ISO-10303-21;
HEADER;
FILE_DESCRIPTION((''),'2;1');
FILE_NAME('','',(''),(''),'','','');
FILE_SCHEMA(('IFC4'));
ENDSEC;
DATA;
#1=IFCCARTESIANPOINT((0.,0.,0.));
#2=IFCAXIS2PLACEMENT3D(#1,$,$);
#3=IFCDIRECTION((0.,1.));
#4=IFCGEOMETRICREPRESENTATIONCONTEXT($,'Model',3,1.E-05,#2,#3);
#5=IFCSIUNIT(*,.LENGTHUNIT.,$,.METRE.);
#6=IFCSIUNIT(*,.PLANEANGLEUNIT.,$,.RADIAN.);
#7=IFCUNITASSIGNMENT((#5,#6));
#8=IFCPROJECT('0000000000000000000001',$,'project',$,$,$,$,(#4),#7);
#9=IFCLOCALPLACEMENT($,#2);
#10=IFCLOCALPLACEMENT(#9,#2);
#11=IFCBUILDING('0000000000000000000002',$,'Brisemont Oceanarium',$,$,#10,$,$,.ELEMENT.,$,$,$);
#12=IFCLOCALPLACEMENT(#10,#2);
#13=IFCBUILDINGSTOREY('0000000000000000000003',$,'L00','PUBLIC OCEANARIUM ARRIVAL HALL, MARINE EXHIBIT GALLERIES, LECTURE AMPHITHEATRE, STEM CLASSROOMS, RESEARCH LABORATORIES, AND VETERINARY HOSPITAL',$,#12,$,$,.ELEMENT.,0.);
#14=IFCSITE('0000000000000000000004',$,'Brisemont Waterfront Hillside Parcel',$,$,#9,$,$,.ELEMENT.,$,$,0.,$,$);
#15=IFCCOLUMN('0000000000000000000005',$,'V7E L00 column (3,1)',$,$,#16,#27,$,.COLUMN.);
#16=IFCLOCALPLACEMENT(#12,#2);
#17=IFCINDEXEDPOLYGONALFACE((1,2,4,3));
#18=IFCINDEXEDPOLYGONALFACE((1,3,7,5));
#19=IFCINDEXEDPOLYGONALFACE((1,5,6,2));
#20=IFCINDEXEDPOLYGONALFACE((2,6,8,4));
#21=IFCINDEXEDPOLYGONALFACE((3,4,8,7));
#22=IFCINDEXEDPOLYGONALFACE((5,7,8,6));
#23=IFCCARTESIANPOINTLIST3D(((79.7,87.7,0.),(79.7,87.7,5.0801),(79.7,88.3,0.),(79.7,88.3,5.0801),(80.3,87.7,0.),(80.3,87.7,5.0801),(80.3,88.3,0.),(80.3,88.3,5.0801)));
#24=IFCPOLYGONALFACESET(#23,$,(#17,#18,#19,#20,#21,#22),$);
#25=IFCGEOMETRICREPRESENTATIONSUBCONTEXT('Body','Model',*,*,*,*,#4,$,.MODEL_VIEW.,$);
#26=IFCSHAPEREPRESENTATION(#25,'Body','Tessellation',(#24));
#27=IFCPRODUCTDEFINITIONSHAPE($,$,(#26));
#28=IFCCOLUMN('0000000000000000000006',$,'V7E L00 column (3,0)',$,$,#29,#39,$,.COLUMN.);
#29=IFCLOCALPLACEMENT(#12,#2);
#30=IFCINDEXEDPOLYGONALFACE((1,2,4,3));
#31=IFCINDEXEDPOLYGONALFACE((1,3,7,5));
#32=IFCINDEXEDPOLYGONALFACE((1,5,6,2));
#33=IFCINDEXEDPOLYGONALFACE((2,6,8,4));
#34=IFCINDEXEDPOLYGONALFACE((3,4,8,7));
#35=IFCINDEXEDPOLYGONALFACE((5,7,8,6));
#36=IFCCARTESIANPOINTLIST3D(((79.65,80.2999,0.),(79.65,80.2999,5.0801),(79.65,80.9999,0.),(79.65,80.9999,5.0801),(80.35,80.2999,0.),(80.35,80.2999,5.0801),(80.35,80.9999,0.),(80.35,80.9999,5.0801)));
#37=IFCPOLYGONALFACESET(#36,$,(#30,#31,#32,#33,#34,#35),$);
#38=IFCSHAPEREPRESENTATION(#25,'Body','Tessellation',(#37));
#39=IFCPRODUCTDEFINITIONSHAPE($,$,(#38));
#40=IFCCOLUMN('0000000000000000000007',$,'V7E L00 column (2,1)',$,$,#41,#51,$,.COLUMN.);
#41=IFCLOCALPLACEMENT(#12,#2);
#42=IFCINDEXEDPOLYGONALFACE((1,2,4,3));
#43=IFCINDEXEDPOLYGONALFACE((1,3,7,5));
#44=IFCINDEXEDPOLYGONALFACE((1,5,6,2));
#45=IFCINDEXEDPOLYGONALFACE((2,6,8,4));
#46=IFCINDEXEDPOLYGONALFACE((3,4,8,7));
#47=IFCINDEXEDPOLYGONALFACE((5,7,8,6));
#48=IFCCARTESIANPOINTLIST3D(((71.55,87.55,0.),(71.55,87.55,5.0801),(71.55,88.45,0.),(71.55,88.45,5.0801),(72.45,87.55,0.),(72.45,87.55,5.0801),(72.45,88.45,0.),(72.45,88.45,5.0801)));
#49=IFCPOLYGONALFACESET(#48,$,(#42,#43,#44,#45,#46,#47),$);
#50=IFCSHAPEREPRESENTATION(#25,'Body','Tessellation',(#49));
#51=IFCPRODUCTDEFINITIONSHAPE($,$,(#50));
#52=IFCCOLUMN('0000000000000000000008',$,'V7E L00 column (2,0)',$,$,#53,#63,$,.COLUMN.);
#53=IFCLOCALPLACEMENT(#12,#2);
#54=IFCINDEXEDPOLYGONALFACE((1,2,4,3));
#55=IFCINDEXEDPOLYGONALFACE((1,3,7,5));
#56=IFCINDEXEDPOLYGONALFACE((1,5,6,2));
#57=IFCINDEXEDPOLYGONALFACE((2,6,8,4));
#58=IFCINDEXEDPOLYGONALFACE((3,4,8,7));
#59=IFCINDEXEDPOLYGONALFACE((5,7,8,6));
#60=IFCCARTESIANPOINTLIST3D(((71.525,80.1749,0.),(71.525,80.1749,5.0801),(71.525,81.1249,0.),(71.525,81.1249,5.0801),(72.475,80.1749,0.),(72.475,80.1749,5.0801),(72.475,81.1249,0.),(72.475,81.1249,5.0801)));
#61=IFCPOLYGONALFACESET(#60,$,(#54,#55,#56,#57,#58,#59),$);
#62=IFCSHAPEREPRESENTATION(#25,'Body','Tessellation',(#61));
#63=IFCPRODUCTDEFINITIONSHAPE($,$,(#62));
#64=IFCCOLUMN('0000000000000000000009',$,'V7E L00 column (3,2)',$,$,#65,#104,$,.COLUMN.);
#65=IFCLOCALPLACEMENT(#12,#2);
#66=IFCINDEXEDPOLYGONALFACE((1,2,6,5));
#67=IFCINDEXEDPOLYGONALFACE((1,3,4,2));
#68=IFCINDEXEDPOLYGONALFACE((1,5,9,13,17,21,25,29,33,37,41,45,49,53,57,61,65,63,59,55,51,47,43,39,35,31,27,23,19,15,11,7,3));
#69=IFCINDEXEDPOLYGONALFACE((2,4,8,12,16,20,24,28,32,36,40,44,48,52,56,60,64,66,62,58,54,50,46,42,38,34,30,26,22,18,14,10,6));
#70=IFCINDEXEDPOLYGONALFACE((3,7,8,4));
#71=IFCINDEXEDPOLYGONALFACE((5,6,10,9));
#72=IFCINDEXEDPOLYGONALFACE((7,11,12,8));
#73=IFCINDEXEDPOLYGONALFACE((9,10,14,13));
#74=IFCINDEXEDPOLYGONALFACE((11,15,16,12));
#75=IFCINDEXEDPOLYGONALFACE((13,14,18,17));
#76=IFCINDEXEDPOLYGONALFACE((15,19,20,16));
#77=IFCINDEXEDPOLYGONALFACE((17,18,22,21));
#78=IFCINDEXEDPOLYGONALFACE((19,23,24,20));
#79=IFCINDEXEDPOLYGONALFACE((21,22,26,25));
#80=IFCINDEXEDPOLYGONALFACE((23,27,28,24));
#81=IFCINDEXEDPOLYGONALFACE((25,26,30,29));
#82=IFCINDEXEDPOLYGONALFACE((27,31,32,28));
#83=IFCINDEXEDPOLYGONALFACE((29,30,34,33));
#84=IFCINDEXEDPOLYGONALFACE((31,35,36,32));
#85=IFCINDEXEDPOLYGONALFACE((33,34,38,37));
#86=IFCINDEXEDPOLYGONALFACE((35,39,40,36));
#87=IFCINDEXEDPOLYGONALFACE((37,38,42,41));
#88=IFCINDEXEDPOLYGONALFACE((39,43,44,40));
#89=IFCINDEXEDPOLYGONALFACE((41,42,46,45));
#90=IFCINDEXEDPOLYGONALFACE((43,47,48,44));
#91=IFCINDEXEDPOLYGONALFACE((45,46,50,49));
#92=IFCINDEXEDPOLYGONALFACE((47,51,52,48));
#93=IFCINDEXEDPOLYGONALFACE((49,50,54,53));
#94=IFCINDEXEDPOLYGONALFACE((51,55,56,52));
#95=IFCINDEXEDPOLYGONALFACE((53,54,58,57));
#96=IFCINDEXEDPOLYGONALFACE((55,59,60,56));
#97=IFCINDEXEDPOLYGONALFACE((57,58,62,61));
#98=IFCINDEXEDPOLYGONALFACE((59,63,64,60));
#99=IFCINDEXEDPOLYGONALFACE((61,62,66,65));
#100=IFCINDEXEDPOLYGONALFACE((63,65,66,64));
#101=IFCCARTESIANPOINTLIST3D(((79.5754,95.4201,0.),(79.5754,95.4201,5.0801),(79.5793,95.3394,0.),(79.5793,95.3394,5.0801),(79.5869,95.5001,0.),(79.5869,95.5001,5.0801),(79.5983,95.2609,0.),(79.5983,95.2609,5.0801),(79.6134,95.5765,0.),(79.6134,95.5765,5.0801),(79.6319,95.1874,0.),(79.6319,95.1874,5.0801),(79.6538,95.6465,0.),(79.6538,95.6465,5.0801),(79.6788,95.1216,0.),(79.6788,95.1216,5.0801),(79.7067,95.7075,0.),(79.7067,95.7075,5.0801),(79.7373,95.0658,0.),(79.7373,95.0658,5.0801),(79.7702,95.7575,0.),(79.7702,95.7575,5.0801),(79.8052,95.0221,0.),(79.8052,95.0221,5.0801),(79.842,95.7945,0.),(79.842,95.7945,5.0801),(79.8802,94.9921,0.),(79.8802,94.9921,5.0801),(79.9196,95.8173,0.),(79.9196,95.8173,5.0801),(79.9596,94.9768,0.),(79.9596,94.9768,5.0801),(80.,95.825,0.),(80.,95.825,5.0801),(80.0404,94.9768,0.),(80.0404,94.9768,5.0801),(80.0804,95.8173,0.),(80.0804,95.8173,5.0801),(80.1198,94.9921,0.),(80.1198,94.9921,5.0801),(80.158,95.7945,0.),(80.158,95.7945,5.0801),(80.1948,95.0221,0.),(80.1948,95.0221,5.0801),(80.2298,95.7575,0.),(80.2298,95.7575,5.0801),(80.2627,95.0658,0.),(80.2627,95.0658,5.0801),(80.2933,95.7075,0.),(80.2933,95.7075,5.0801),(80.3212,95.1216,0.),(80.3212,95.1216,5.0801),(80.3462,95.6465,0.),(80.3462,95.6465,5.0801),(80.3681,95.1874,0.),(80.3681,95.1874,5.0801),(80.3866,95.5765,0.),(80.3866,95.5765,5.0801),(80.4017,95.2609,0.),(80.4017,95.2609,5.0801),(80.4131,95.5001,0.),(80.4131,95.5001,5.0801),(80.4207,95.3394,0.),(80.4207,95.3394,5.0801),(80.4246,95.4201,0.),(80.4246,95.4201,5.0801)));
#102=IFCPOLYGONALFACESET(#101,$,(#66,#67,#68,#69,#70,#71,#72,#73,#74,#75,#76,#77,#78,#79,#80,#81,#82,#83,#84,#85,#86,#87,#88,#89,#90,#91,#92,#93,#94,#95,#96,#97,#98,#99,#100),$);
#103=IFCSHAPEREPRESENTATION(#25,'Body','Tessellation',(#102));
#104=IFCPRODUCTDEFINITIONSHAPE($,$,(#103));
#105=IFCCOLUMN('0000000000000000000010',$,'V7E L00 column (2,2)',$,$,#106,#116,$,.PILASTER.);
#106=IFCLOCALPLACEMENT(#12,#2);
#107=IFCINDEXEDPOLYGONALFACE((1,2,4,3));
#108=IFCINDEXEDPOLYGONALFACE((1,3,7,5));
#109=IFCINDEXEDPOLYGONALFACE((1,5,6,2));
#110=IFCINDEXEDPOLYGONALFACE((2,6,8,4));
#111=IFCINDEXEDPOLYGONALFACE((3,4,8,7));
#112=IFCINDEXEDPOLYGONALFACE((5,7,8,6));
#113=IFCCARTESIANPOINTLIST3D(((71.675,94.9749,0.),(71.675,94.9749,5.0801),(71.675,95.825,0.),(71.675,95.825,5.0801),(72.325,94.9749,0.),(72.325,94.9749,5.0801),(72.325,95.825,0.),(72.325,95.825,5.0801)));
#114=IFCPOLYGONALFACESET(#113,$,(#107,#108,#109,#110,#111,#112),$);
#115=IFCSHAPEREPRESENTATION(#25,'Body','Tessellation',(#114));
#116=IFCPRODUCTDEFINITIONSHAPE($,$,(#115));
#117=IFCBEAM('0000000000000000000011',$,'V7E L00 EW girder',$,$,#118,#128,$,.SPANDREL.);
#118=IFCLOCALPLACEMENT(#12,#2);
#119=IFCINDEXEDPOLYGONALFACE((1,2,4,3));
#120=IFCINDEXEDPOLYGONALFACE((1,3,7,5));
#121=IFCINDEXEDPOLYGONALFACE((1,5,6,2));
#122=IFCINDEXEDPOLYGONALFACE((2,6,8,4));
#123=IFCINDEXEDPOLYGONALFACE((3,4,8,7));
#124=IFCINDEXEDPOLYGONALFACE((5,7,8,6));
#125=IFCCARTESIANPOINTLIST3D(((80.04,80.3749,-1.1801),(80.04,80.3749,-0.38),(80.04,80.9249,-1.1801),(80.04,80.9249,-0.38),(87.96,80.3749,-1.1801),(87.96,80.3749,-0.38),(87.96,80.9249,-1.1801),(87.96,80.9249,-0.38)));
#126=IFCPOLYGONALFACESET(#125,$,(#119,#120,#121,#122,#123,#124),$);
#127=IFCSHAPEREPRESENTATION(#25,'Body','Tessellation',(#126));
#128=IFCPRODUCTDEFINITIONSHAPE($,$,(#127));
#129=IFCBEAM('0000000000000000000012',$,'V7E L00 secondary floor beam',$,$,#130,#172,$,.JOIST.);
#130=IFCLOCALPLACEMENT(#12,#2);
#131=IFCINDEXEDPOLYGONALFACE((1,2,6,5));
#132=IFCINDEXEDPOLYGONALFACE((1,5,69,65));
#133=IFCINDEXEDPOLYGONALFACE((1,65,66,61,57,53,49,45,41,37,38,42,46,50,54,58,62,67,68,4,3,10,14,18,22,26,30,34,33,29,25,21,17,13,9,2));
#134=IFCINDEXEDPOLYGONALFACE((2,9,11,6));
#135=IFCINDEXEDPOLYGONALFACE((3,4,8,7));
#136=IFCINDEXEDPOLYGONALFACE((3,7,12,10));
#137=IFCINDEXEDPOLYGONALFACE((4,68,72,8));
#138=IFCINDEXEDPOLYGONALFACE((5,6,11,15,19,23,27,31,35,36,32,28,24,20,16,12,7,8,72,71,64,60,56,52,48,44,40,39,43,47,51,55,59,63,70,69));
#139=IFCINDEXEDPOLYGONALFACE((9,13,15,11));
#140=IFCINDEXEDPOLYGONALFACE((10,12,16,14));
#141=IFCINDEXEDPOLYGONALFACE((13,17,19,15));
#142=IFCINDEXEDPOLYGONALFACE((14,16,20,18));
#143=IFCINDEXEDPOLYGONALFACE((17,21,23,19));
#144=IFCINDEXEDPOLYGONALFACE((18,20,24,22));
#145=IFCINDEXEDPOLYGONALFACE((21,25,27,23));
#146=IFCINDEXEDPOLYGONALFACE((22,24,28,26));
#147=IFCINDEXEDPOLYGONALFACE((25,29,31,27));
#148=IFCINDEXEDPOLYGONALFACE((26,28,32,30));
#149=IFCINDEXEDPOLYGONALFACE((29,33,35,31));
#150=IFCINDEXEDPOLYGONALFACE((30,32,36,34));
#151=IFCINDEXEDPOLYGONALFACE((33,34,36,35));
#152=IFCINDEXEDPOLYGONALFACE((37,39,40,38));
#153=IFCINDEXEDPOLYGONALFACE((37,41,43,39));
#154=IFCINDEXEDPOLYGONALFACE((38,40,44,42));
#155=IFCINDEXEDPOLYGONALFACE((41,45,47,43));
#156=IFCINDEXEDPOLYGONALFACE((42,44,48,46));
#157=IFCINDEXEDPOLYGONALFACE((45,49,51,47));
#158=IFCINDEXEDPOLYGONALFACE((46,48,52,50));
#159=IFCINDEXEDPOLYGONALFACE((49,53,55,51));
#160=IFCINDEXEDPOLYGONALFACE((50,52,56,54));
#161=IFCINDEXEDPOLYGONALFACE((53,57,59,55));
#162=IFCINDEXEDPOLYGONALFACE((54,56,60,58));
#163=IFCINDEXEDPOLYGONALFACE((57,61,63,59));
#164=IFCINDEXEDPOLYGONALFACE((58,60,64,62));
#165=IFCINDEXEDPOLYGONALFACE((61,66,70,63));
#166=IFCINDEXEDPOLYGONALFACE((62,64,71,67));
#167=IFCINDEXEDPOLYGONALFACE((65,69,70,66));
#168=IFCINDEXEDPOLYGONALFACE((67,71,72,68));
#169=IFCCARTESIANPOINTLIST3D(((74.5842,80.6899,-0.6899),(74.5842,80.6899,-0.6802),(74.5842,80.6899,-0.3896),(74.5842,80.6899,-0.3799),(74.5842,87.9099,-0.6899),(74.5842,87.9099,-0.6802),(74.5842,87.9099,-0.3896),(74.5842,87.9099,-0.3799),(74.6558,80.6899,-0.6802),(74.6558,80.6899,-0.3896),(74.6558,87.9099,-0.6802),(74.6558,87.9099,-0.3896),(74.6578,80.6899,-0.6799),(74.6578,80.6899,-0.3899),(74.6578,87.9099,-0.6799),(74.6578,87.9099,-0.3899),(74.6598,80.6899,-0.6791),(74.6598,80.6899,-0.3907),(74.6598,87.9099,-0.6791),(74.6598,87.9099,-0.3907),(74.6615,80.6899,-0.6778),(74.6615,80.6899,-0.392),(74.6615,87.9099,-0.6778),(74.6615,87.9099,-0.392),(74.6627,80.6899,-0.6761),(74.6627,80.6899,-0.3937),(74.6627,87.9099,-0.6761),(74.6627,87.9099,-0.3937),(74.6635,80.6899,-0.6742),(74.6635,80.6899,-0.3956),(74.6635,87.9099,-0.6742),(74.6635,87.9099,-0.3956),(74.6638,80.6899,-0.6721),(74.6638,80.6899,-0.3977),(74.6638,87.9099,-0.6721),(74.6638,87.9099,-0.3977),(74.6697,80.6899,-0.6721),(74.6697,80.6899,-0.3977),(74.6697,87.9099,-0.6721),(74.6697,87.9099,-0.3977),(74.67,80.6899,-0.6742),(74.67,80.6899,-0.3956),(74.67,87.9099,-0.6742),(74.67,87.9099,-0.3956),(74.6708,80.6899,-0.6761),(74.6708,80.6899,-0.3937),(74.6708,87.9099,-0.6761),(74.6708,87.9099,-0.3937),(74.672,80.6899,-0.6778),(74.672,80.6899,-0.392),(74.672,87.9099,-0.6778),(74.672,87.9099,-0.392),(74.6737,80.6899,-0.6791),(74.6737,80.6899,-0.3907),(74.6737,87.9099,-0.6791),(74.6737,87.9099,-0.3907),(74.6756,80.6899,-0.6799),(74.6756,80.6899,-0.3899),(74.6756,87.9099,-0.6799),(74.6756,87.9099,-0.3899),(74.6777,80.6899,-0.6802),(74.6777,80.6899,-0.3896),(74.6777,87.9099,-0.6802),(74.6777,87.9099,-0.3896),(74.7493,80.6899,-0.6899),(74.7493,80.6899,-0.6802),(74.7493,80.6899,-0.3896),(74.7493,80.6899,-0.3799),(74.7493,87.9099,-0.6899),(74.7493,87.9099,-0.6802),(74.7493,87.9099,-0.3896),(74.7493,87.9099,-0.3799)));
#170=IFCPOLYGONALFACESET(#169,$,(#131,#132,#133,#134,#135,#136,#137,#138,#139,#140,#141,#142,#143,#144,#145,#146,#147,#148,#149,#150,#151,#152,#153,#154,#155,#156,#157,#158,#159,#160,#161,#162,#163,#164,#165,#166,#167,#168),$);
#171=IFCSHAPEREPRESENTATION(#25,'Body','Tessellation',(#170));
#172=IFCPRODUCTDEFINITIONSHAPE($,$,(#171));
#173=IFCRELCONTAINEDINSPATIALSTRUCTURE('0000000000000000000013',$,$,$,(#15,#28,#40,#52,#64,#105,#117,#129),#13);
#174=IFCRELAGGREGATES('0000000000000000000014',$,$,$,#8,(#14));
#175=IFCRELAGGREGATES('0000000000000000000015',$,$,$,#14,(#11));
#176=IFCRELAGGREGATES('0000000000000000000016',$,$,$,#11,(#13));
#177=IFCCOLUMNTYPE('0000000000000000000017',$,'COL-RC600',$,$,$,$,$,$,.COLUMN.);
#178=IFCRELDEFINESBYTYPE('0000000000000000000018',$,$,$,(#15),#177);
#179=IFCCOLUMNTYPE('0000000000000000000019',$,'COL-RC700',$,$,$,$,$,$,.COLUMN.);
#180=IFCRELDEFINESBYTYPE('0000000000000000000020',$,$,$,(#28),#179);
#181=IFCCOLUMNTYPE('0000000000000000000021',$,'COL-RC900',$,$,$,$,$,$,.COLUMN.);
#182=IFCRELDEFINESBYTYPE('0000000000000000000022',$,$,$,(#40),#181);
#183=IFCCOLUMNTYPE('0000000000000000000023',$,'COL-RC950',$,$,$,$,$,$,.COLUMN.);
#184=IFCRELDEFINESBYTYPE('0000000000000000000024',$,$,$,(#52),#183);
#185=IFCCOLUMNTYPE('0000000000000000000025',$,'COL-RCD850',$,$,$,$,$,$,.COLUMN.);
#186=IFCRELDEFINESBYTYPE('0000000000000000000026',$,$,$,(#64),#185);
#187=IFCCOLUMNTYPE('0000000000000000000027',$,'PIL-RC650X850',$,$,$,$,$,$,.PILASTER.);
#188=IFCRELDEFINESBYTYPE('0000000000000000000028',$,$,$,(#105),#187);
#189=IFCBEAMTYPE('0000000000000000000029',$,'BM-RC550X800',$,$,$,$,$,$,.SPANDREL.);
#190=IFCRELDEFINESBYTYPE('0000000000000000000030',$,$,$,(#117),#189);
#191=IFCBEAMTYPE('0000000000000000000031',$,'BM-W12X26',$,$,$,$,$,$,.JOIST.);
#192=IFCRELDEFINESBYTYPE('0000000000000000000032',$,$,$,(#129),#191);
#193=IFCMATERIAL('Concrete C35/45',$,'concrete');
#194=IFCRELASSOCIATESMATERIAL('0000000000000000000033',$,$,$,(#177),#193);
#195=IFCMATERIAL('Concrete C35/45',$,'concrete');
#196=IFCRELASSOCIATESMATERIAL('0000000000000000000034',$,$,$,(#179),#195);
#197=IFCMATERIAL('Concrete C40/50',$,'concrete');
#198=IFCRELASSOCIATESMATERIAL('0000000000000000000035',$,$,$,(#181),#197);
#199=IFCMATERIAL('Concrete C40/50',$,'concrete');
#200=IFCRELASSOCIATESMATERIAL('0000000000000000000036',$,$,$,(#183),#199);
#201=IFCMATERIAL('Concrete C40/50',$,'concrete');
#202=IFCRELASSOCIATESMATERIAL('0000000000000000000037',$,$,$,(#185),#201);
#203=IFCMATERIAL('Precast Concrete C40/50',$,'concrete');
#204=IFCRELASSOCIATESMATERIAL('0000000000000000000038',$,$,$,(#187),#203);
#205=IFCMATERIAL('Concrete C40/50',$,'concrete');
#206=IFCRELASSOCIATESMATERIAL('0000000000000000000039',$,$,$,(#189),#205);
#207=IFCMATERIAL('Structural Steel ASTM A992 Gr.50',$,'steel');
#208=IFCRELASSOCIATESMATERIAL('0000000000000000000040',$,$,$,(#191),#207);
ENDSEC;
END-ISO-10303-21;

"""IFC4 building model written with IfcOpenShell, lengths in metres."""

from ifc_helpers import new_model, si_unit, direction, frame, origin, origin_2d, place, context, subcontext, project, spatial, rectangle, circle, i_section, extrude, material, material_profile, profile_set, type_object, element, save


model = new_model("IFC4")

# Units and contexts
model_context = context("Model", 3, precision=1e-05, world=origin(), true_north=direction((0.0, 1.0)))
body_context = subcontext(model_context, "Body", "Model", "MODEL_VIEW")
ifc_project = project(units=[si_unit("LENGTHUNIT", "METRE"), si_unit("PLANEANGLEUNIT", "RADIAN")], contexts=[model_context])

# Site, building, storey
site_placement = place(None, origin())
site = spatial("IfcSite", under=ifc_project, at=site_placement, Name="Brisemont Waterfront Hillside Parcel", CompositionType="ELEMENT", RefElevation=0.0)
building_placement = place(site_placement, origin())
building = spatial("IfcBuilding", under=site, at=building_placement, Name="Brisemont Oceanarium", CompositionType="ELEMENT")
storey_placement = place(building_placement, origin())
storey = spatial("IfcBuildingStorey", under=building, at=storey_placement, Name="L00", Description="PUBLIC OCEANARIUM ARRIVAL HALL, MARINE EXHIBIT GALLERIES, LECTURE AMPHITHEATRE, STEM CLASSROOMS, RESEARCH LABORATORIES, AND VETERINARY HOSPITAL", CompositionType="ELEMENT", Elevation=0.0)

# Columns
ifc_material_1 = material(Name="Concrete C35/45", Category="concrete")
ifc_material_profile_1 = material_profile(ifc_material_1, rectangle(XDim=0.6001, YDim=0.6001, at=origin_2d()), Name="RC-COL-600X600")
ifc_profile_set_1 = profile_set([ifc_material_profile_1], Name="Concrete C35/45")
column_type_1 = type_object("IfcColumnType", Name="COL-RC600", PredefinedType="COLUMN", material=ifc_profile_set_1)
column_1_placement = place(storey_placement, frame((80.0, 88.0, 0.0), z_axis=(0.0, 0.0, 1.0), x_axis=(1.0, 0.0, 0.0)))
element("IfcColumn", 1, at=column_1_placement, inside=storey, type_object=column_type_1, Name="V7E L00 column (3,1)", PredefinedType="COLUMN", context=body_context, shape_type="SweptSolid", body=[
    extrude(rectangle(XDim=0.6001, YDim=0.6001, at=origin_2d()), origin(), (0.0, 0.0, 1.0), 5.0801),
])
ifc_material_2 = material(Name="Concrete C35/45", Category="concrete")
ifc_material_profile_2 = material_profile(ifc_material_2, rectangle(XDim=0.7, YDim=0.7, at=origin_2d()), Name="RC-COL-700X700")
ifc_profile_set_2 = profile_set([ifc_material_profile_2], Name="Concrete C35/45")
column_type_2 = type_object("IfcColumnType", Name="COL-RC700", PredefinedType="COLUMN", material=ifc_profile_set_2)
column_2_placement = place(storey_placement, frame((80.0, 80.6499, 0.0), z_axis=(0.0, 0.0, 1.0), x_axis=(0.0, 1.0, 0.0)))
element("IfcColumn", 2, at=column_2_placement, inside=storey, type_object=column_type_2, Name="V7E L00 column (3,0)", PredefinedType="COLUMN", context=body_context, shape_type="SweptSolid", body=[
    extrude(rectangle(XDim=0.7, YDim=0.7, at=origin_2d()), origin(), (0.0, 0.0, 1.0), 5.0801),
])
ifc_material_3 = material(Name="Concrete C40/50", Category="concrete")
ifc_material_profile_3 = material_profile(ifc_material_3, rectangle(XDim=0.8999, YDim=0.8999, at=origin_2d()), Name="RC-COL-900X900")
ifc_profile_set_3 = profile_set([ifc_material_profile_3], Name="Concrete C40/50")
column_type_3 = type_object("IfcColumnType", Name="COL-RC900", PredefinedType="COLUMN", material=ifc_profile_set_3)
column_3_placement = place(storey_placement, frame((72.0, 88.0, 0.0), z_axis=(0.0, 0.0, 1.0), x_axis=(0.0, 1.0, 0.0)))
element("IfcColumn", 3, at=column_3_placement, inside=storey, type_object=column_type_3, Name="V7E L00 column (2,1)", PredefinedType="COLUMN", context=body_context, shape_type="SweptSolid", body=[
    extrude(rectangle(XDim=0.8999, YDim=0.8999, at=origin_2d()), origin(), (0.0, 0.0, 1.0), 5.0801),
])
ifc_material_4 = material(Name="Concrete C40/50", Category="concrete")
ifc_material_profile_4 = material_profile(ifc_material_4, rectangle(XDim=0.95, YDim=0.95, at=origin_2d()), Name="RC-COL-950X950")
ifc_profile_set_4 = profile_set([ifc_material_profile_4], Name="Concrete C40/50")
column_type_4 = type_object("IfcColumnType", Name="COL-RC950", PredefinedType="COLUMN", material=ifc_profile_set_4)
column_4_placement = place(storey_placement, frame((72.0, 80.6499, 0.0), z_axis=(0.0, 0.0, 1.0), x_axis=(1.0, 0.0, 0.0)))
element("IfcColumn", 4, at=column_4_placement, inside=storey, type_object=column_type_4, Name="V7E L00 column (2,0)", PredefinedType="COLUMN", context=body_context, shape_type="SweptSolid", body=[
    extrude(rectangle(XDim=0.95, YDim=0.95, at=origin_2d()), origin(), (0.0, 0.0, 1.0), 5.0801),
])
ifc_material_5 = material(Name="Concrete C40/50", Category="concrete")
ifc_material_profile_5 = material_profile(ifc_material_5, circle(Radius=0.425, at=origin_2d()), Name="RC-COL-D850")
ifc_profile_set_5 = profile_set([ifc_material_profile_5], Name="Concrete C40/50")
column_type_5 = type_object("IfcColumnType", Name="COL-RCD850", PredefinedType="COLUMN", material=ifc_profile_set_5)
column_5_placement = place(storey_placement, frame((80.0, 95.3999, 0.0), z_axis=(0.0, 0.0, 1.0), x_axis=(0.0, 1.0, 0.0)))
element("IfcColumn", 5, at=column_5_placement, inside=storey, type_object=column_type_5, Name="V7E L00 column (3,2)", PredefinedType="COLUMN", context=body_context, shape_type="SweptSolid", body=[
    extrude(circle(Radius=0.425, at=origin_2d()), origin(), (0.0, 0.0, 1.0), 5.0801),
])
ifc_material_6 = material(Name="Precast Concrete C40/50", Category="concrete")
ifc_material_profile_6 = material_profile(ifc_material_6, rectangle(XDim=0.6499, YDim=0.8501, at=origin_2d()), Name="RC-PIL-650X850")
ifc_profile_set_6 = profile_set([ifc_material_profile_6], Name="Precast Concrete C40/50")
column_type_6 = type_object("IfcColumnType", Name="PIL-RC650X850", PredefinedType="PILASTER", material=ifc_profile_set_6)
column_6_placement = place(storey_placement, frame((72.0, 95.3999, 0.0), z_axis=(0.0, 0.0, 1.0), x_axis=(1.0, 0.0, 0.0)))
element("IfcColumn", 6, at=column_6_placement, inside=storey, type_object=column_type_6, Name="V7E L00 column (2,2)", PredefinedType="PILASTER", context=body_context, shape_type="SweptSolid", body=[
    extrude(rectangle(XDim=0.6499, YDim=0.8501, at=origin_2d()), origin(), (0.0, 0.0, 1.0), 5.0801),
])

# Beams
ifc_material_7 = material(Name="Concrete C40/50", Category="concrete")
ifc_material_profile_7 = material_profile(ifc_material_7, rectangle(XDim=0.55, YDim=0.8, at=origin_2d()), Name="RC-BM-550X800")
ifc_profile_set_7 = profile_set([ifc_material_profile_7], Name="Concrete C40/50")
beam_type_1 = type_object("IfcBeamType", Name="BM-RC550X800", PredefinedType="SPANDREL", material=ifc_profile_set_7)
beam_1_placement = place(storey_placement, frame((80.04, 80.6499, -0.78), z_axis=(1.0, 0.0, 0.0), x_axis=(0.0, 1.0, 0.0)))
element("IfcBeam", 7, at=beam_1_placement, inside=storey, type_object=beam_type_1, Name="V7E L00 EW girder", PredefinedType="SPANDREL", context=body_context, shape_type="SweptSolid", body=[
    extrude(rectangle(XDim=0.55, YDim=0.8, at=origin_2d()), origin(), (0.0, 0.0, 1.0), 7.9199),
])
ifc_material_8 = material(Name="Structural Steel ASTM A992 Gr.50", Category="steel")
ifc_material_profile_8 = material_profile(ifc_material_8, i_section(OverallWidth=0.165, OverallDepth=0.3101, WebThickness=0.0059, FlangeThickness=0.0098, FilletRadius=0.0081, at=origin_2d()), Name="W12X26")
ifc_profile_set_8 = profile_set([ifc_material_profile_8], Name="Structural Steel ASTM A992 Gr.50")
beam_type_2 = type_object("IfcBeamType", Name="BM-W12X26", PredefinedType="JOIST", material=ifc_profile_set_8)
beam_2_placement = place(storey_placement, frame((74.6667, 80.6899, -0.5349), z_axis=(0.0, 1.0, 0.0), x_axis=(-1.0, 0.0, 0.0)))
element("IfcBeam", 8, at=beam_2_placement, inside=storey, type_object=beam_type_2, Name="V7E L00 secondary floor beam", PredefinedType="JOIST", context=body_context, shape_type="SweptSolid", body=[
    extrude(i_section(OverallWidth=0.165, OverallDepth=0.3101, WebThickness=0.0059, FlangeThickness=0.0098, FilletRadius=0.0081, at=origin_2d()), origin(), (0.0, 0.0, 1.0), 7.22),
])

save(model, "model.ifc")
